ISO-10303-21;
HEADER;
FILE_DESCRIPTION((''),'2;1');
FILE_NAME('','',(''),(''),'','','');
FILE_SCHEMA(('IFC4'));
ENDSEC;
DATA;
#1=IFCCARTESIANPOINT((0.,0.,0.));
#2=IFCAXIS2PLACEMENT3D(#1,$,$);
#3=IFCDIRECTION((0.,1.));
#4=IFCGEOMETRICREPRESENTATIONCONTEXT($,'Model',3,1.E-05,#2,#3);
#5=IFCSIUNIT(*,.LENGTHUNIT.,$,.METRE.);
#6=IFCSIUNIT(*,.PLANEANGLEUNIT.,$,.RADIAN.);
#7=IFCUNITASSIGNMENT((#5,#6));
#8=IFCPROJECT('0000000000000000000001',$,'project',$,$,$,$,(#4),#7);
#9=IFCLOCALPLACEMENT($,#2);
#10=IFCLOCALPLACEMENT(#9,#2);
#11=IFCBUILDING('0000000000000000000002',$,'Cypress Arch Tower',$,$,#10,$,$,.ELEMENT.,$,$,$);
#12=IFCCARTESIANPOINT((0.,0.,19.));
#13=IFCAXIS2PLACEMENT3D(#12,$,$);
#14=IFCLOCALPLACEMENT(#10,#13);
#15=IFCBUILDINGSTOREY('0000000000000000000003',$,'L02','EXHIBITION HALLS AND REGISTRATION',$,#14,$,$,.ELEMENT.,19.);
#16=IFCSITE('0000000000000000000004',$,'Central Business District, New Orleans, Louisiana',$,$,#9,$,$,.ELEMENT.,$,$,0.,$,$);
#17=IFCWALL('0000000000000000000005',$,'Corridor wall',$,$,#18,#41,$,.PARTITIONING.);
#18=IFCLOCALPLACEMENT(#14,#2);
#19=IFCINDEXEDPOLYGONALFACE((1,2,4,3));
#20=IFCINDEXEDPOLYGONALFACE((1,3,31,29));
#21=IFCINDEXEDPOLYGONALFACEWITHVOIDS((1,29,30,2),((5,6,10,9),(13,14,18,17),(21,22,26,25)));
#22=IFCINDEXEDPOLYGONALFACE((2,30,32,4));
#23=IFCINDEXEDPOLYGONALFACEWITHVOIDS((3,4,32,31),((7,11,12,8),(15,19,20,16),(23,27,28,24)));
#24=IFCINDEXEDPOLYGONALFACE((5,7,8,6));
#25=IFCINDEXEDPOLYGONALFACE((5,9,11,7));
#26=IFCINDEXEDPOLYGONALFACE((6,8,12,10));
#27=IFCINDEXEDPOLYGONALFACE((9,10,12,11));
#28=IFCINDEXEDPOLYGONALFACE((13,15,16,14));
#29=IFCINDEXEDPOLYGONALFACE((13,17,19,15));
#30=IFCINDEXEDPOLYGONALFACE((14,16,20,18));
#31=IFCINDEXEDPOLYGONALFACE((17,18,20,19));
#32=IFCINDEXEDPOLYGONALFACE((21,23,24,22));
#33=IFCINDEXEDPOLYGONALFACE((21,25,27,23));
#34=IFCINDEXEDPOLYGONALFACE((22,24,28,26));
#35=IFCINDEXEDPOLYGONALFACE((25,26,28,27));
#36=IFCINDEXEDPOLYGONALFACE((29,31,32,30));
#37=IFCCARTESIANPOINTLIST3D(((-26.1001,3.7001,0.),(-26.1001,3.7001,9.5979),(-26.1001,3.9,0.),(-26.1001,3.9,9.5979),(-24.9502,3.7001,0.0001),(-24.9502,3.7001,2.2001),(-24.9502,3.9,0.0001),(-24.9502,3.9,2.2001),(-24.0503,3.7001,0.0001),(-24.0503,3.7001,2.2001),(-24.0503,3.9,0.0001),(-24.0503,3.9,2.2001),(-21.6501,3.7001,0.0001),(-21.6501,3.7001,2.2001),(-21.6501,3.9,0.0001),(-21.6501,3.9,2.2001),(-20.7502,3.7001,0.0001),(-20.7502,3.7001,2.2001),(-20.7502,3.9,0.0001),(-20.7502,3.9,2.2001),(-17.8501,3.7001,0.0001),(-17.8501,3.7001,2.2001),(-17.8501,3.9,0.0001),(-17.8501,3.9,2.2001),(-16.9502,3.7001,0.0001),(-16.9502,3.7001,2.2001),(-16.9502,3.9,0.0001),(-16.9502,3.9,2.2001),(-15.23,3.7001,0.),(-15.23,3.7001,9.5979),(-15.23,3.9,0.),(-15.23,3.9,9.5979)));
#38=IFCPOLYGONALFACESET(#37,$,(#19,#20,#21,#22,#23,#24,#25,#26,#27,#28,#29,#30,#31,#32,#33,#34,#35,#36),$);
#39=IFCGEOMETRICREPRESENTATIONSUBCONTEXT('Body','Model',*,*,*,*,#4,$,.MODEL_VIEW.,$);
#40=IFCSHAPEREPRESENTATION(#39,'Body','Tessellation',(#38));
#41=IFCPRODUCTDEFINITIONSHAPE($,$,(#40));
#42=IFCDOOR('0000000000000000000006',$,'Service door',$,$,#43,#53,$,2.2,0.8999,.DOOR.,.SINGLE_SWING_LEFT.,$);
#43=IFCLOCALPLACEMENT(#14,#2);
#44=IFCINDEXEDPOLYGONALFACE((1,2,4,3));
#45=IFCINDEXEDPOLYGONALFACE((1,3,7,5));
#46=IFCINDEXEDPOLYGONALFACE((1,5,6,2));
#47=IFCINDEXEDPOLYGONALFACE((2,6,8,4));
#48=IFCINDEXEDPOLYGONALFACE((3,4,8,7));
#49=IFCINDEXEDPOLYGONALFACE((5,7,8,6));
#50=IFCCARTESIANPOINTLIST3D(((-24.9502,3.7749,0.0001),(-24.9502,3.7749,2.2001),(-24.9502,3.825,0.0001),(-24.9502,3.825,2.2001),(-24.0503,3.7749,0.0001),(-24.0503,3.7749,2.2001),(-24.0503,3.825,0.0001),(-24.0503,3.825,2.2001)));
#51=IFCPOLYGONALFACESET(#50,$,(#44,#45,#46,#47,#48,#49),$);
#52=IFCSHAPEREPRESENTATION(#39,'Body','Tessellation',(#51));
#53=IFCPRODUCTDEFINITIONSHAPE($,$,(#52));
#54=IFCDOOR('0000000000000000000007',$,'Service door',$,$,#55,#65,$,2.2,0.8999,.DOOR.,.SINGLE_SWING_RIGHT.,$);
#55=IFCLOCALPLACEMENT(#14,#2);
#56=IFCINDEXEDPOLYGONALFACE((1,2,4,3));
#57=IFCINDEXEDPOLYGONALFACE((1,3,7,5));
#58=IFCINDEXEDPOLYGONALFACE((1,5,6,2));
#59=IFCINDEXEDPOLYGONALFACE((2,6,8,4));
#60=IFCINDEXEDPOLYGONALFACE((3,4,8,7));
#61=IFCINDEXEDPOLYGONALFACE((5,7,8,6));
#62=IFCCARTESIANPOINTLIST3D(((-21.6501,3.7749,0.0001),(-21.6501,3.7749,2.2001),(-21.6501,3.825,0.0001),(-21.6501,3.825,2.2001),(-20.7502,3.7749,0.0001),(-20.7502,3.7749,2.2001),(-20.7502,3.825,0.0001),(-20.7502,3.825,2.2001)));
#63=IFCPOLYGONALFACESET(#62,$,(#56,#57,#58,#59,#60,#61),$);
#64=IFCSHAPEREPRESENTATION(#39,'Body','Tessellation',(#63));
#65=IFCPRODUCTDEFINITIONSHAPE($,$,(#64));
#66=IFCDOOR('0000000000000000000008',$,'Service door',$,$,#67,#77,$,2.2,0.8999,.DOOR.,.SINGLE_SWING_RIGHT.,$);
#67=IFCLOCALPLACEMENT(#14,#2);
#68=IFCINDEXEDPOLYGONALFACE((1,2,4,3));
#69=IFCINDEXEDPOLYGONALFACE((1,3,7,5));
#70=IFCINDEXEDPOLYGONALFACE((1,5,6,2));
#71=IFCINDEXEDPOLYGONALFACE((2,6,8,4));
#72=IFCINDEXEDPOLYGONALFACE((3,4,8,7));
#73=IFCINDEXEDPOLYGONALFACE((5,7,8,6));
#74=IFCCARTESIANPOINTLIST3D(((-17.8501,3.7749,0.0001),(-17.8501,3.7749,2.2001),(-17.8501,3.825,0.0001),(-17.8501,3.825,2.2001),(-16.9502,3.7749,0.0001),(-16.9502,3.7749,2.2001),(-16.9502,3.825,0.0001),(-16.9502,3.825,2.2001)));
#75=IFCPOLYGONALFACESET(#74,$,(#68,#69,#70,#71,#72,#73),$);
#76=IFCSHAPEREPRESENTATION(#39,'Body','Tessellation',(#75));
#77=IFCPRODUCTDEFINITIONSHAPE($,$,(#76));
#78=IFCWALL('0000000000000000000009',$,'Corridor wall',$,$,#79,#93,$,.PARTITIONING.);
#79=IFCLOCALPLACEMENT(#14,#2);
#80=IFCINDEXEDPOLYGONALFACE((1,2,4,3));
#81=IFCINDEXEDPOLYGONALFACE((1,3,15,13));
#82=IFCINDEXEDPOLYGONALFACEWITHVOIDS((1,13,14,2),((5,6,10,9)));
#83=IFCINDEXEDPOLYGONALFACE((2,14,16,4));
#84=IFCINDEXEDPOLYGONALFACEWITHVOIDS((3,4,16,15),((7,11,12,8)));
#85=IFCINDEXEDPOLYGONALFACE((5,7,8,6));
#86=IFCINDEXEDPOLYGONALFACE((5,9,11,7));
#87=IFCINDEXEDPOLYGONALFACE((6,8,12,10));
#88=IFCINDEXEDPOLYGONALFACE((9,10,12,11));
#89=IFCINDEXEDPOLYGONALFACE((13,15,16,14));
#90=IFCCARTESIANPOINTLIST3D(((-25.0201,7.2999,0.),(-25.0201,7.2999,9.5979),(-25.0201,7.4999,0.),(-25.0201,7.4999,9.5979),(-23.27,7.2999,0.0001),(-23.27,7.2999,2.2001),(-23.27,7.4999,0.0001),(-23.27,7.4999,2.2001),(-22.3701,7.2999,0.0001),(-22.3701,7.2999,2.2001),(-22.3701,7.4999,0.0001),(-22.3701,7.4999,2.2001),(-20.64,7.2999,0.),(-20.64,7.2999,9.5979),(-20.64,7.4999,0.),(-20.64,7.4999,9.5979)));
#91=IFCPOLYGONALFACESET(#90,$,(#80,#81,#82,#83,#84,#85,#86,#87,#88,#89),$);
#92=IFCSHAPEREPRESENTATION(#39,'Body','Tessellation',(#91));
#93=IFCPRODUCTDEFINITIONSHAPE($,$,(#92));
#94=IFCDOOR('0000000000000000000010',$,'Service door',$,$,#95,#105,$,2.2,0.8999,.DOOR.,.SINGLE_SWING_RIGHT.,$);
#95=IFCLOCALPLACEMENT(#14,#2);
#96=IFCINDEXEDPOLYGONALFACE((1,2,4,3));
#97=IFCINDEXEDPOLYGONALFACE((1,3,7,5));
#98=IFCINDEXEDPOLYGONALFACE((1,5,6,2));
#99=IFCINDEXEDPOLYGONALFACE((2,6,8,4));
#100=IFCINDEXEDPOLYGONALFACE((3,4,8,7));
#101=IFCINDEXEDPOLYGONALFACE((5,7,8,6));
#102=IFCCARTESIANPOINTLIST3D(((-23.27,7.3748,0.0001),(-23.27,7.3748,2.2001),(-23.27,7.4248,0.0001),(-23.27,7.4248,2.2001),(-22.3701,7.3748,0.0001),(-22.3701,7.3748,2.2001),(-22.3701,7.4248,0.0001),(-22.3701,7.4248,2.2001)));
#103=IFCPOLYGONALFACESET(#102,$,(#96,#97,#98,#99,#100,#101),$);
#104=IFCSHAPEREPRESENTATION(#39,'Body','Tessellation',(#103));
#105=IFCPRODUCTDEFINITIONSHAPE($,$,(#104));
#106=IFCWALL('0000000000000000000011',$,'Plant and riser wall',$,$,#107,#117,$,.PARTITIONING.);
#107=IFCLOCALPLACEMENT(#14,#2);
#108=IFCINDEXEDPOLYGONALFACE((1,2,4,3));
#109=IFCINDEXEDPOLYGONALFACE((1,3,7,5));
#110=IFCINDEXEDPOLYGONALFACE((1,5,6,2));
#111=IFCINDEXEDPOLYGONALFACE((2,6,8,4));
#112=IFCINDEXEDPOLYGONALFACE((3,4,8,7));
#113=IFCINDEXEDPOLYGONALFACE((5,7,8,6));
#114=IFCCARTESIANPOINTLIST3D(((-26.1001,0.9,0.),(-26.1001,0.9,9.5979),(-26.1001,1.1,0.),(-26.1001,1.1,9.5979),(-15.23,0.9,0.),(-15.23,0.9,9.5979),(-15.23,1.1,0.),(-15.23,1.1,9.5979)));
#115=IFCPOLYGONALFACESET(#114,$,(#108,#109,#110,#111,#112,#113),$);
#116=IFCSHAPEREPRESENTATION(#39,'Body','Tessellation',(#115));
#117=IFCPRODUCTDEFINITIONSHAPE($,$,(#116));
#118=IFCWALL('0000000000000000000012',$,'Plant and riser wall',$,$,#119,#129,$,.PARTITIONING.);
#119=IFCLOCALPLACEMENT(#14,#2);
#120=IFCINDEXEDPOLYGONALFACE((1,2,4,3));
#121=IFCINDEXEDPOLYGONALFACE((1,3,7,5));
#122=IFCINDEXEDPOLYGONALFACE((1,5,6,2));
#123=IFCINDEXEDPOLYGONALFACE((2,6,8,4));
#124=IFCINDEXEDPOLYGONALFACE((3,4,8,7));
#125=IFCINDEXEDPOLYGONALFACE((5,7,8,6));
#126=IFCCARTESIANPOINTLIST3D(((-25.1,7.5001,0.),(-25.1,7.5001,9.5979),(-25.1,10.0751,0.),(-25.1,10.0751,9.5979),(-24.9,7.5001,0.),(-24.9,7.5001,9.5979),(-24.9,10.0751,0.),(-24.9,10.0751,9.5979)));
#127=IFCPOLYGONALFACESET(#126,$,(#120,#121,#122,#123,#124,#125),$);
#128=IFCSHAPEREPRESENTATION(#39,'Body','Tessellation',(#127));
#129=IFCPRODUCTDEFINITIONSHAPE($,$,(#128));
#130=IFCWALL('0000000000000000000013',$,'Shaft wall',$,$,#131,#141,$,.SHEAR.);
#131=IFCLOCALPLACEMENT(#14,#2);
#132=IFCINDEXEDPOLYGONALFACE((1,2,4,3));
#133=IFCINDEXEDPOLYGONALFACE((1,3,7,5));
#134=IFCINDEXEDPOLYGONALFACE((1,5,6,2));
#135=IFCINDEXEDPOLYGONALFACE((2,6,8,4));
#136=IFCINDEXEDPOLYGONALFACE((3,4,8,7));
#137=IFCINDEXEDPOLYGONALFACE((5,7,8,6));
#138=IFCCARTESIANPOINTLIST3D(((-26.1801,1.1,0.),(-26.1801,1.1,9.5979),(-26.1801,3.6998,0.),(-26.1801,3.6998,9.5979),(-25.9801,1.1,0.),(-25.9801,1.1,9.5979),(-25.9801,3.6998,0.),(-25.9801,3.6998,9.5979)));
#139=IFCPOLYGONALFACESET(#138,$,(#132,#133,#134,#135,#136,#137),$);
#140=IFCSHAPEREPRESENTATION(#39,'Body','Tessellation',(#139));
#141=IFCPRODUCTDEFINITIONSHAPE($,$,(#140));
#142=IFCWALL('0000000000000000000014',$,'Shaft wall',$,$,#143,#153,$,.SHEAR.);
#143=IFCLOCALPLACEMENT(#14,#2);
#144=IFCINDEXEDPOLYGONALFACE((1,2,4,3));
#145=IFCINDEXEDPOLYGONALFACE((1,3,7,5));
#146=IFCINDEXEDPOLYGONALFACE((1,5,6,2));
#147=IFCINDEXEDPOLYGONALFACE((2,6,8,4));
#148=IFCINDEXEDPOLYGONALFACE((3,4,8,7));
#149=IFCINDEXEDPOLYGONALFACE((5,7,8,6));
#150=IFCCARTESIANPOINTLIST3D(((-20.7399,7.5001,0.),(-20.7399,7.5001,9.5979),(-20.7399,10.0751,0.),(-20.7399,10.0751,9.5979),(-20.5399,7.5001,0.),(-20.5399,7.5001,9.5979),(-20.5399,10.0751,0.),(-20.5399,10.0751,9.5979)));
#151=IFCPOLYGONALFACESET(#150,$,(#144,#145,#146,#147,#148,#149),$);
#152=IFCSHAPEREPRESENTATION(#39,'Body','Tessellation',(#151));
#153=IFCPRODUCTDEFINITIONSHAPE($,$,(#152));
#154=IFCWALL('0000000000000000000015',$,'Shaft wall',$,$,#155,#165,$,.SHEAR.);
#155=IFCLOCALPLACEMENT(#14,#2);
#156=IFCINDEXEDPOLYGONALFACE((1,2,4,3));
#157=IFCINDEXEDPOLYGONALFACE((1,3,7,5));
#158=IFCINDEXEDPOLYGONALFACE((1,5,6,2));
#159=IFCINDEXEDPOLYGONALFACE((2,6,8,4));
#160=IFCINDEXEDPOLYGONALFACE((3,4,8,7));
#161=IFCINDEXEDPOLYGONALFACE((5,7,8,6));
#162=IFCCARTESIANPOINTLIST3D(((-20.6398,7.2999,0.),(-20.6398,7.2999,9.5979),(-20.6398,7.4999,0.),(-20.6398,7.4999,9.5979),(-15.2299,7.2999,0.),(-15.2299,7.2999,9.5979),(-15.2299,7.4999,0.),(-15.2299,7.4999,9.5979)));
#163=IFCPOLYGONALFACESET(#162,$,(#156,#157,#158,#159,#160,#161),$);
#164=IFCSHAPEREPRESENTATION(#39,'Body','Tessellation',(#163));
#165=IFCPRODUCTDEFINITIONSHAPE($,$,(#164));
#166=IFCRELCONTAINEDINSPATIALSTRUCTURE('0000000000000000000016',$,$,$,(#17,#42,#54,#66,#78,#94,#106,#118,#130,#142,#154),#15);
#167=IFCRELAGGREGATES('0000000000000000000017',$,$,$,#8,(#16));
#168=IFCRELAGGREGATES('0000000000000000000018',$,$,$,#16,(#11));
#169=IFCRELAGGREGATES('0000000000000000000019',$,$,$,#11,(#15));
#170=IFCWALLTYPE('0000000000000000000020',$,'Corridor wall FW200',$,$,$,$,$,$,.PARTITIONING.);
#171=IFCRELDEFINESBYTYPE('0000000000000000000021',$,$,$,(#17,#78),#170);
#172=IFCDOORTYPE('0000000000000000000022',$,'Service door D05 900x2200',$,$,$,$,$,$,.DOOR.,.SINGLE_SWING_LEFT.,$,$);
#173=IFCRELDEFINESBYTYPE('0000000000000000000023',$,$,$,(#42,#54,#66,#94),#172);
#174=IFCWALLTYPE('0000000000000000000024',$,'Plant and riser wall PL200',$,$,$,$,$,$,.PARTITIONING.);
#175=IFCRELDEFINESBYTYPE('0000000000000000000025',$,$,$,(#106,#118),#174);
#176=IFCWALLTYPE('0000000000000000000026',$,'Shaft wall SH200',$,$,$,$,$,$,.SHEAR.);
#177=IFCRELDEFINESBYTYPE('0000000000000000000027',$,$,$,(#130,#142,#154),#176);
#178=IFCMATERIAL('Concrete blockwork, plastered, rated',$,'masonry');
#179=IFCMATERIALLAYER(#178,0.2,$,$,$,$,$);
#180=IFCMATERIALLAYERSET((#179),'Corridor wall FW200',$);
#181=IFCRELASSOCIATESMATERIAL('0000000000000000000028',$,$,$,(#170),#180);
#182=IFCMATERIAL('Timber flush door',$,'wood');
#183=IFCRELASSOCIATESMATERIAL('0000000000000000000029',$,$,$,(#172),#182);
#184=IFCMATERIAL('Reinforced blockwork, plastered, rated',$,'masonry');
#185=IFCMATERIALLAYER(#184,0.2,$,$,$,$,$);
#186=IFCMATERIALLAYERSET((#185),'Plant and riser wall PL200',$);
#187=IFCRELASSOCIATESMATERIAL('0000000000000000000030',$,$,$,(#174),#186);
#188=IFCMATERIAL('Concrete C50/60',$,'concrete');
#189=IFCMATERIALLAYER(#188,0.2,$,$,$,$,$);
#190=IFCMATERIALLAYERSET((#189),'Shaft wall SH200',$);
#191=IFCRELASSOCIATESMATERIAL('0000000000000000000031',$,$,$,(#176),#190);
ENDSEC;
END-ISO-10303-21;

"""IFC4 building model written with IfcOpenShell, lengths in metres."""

from ifc_helpers import new_model, si_unit, direction, frame, frame_2d, origin, place, context, subcontext, project, spatial, rectangle, extrude, material, layer, layer_set, type_object, element, fill, save


model = new_model("IFC4")

# Units and contexts
model_context = context("Model", 3, precision=1e-05, world=origin(), true_north=direction((0.0, 1.0)))
body_context = subcontext(model_context, "Body", "Model", "MODEL_VIEW")
ifc_project = project(units=[si_unit("LENGTHUNIT", "METRE"), si_unit("PLANEANGLEUNIT", "RADIAN")], contexts=[model_context])

# Site, building, storey
site_placement = place(None, origin())
site = spatial("IfcSite", under=ifc_project, at=site_placement, Name="Central Business District, New Orleans, Louisiana", CompositionType="ELEMENT", RefElevation=0.0)
building_placement = place(site_placement, origin())
building = spatial("IfcBuilding", under=site, at=building_placement, Name="Cypress Arch Tower", CompositionType="ELEMENT")
storey_placement = place(building_placement, frame((0.0, 0.0, 19.0)))
storey = spatial("IfcBuildingStorey", under=building, at=storey_placement, Name="L02", Description="EXHIBITION HALLS AND REGISTRATION", CompositionType="ELEMENT", Elevation=19.0)

# Wall, openings, doors
ifc_material_1 = material(Name="Concrete blockwork, plastered, rated", Category="masonry")
ifc_layer_1 = layer(ifc_material_1, 0.2)
ifc_layer_set_1 = layer_set([ifc_layer_1], Name="Corridor wall FW200")
wall_type_1 = type_object("IfcWallType", Name="Corridor wall FW200", PredefinedType="PARTITIONING", material=ifc_layer_set_1)
wall_1_placement = place(storey_placement, frame((-26.1001, 3.8, 0.0), z_axis=(0.0, 0.0, 1.0), x_axis=(1.0, 0.0, 0.0)))
wall_1 = element("IfcWall", 1, at=wall_1_placement, inside=storey, type_object=wall_type_1, Name="Corridor wall", PredefinedType="PARTITIONING", context=body_context, shape_type="SweptSolid", body=[
    extrude(rectangle(XDim=10.8701, YDim=0.2, at=frame_2d((5.4351, 0.0))), origin(), (0.0, 0.0, 1.0), 9.5979),
])
opening_1_placement = place(wall_1_placement, frame((1.1499, 0.0, 0.0)))
opening_1 = element("IfcOpeningElement", 2, at=opening_1_placement, cuts=wall_1, PredefinedType="OPENING", context=body_context, shape_type="SweptSolid", body=[
    extrude(rectangle(XDim=0.8999, YDim=2.2, at=frame_2d((0.45, 1.1001))), frame((0.0, 0.1099, 0.0), z_axis=(0.0, -1.0, 0.0), x_axis=(1.0, 0.0, 0.0)), (0.0, 0.0, 1.0), 0.22),
])
opening_2_placement = place(wall_1_placement, frame((4.45, 0.0, 0.0)))
opening_2 = element("IfcOpeningElement", 3, at=opening_2_placement, cuts=wall_1, PredefinedType="OPENING", context=body_context, shape_type="SweptSolid", body=[
    extrude(rectangle(XDim=0.8999, YDim=2.2, at=frame_2d((0.45, 1.1001))), frame((0.0, 0.1099, 0.0), z_axis=(0.0, -1.0, 0.0), x_axis=(1.0, 0.0, 0.0)), (0.0, 0.0, 1.0), 0.22),
])
opening_3_placement = place(wall_1_placement, frame((8.25, 0.0, 0.0)))
opening_3 = element("IfcOpeningElement", 4, at=opening_3_placement, cuts=wall_1, PredefinedType="OPENING", context=body_context, shape_type="SweptSolid", body=[
    extrude(rectangle(XDim=0.8999, YDim=2.2, at=frame_2d((0.45, 1.1001))), frame((0.0, 0.1099, 0.0), z_axis=(0.0, -1.0, 0.0), x_axis=(1.0, 0.0, 0.0)), (0.0, 0.0, 1.0), 0.22),
])
ifc_material_2 = material(Name="Timber flush door", Category="wood")
door_type_1 = type_object("IfcDoorType", Name="Service door D05 900x2200", OperationType="SINGLE_SWING_LEFT", PredefinedType="DOOR", material=ifc_material_2)
door_1_placement = place(opening_1_placement, origin())
door_1 = element("IfcDoor", 5, at=door_1_placement, inside=storey, type_object=door_type_1, Name="Service door", OperationType="SINGLE_SWING_LEFT", OverallHeight=2.2, OverallWidth=0.8999, PredefinedType="DOOR", context=body_context, shape_type="SweptSolid", body=[
    extrude(rectangle(XDim=0.8999, YDim=2.2, at=frame_2d((0.45, 1.1001))), frame((0.0, 0.0249, 0.0), z_axis=(0.0, -1.0, 0.0), x_axis=(1.0, 0.0, 0.0)), (0.0, 0.0, 1.0), 0.05),
])
fill(opening_1, door_1)
door_2_placement = place(opening_2_placement, origin())
door_2 = element("IfcDoor", 6, at=door_2_placement, inside=storey, type_object=door_type_1, Name="Service door", OperationType="SINGLE_SWING_RIGHT", OverallHeight=2.2, OverallWidth=0.8999, PredefinedType="DOOR", context=body_context, shape_type="SweptSolid", body=[
    extrude(rectangle(XDim=0.8999, YDim=2.2, at=frame_2d((0.45, 1.1001))), frame((0.0, 0.0249, 0.0), z_axis=(0.0, -1.0, 0.0), x_axis=(1.0, 0.0, 0.0)), (0.0, 0.0, 1.0), 0.05),
])
fill(opening_2, door_2)
door_3_placement = place(opening_3_placement, origin())
door_3 = element("IfcDoor", 7, at=door_3_placement, inside=storey, type_object=door_type_1, Name="Service door", OperationType="SINGLE_SWING_RIGHT", OverallHeight=2.2, OverallWidth=0.8999, PredefinedType="DOOR", context=body_context, shape_type="SweptSolid", body=[
    extrude(rectangle(XDim=0.8999, YDim=2.2, at=frame_2d((0.45, 1.1001))), frame((0.0, 0.0249, 0.0), z_axis=(0.0, -1.0, 0.0), x_axis=(1.0, 0.0, 0.0)), (0.0, 0.0, 1.0), 0.05),
])
fill(opening_3, door_3)

# Wall, opening, door
wall_2_placement = place(storey_placement, frame((-25.02, 7.3999, 0.0), z_axis=(0.0, 0.0, 1.0), x_axis=(1.0, 0.0, 0.0)))
wall_2 = element("IfcWall", 8, at=wall_2_placement, inside=storey, type_object=wall_type_1, Name="Corridor wall", PredefinedType="PARTITIONING", context=body_context, shape_type="SweptSolid", body=[
    extrude(rectangle(XDim=4.3801, YDim=0.2, at=frame_2d((2.1899, 0.0))), origin(), (0.0, 0.0, 1.0), 9.5979),
])
opening_4_placement = place(wall_2_placement, frame((1.75, 0.0, 0.0)))
opening_4 = element("IfcOpeningElement", 9, at=opening_4_placement, cuts=wall_2, PredefinedType="OPENING", context=body_context, shape_type="SweptSolid", body=[
    extrude(rectangle(XDim=0.8999, YDim=2.2, at=frame_2d((0.45, 1.1001))), frame((0.0, 0.1099, 0.0), z_axis=(0.0, -1.0, 0.0), x_axis=(1.0, 0.0, 0.0)), (0.0, 0.0, 1.0), 0.22),
])
door_4_placement = place(opening_4_placement, origin())
door_4 = element("IfcDoor", 10, at=door_4_placement, inside=storey, type_object=door_type_1, Name="Service door", OperationType="SINGLE_SWING_RIGHT", OverallHeight=2.2, OverallWidth=0.8999, PredefinedType="DOOR", context=body_context, shape_type="SweptSolid", body=[
    extrude(rectangle(XDim=0.8999, YDim=2.2, at=frame_2d((0.45, 1.1001))), frame((0.0, 0.0249, 0.0), z_axis=(0.0, -1.0, 0.0), x_axis=(1.0, 0.0, 0.0)), (0.0, 0.0, 1.0), 0.05),
])
fill(opening_4, door_4)

# Walls
ifc_material_3 = material(Name="Reinforced blockwork, plastered, rated", Category="masonry")
ifc_layer_2 = layer(ifc_material_3, 0.2)
ifc_layer_set_2 = layer_set([ifc_layer_2], Name="Plant and riser wall PL200")
wall_type_2 = type_object("IfcWallType", Name="Plant and riser wall PL200", PredefinedType="PARTITIONING", material=ifc_layer_set_2)
wall_3_placement = place(storey_placement, frame((-26.1001, 1.0, 0.0), z_axis=(0.0, 0.0, 1.0), x_axis=(1.0, 0.0, 0.0)))
element("IfcWall", 11, at=wall_3_placement, inside=storey, type_object=wall_type_2, Name="Plant and riser wall", PredefinedType="PARTITIONING", context=body_context, shape_type="SweptSolid", body=[
    extrude(rectangle(XDim=10.8701, YDim=0.2, at=frame_2d((5.4351, 0.0))), origin(), (0.0, 0.0, 1.0), 9.5979),
])
wall_4_placement = place(storey_placement, frame((-25.0, 7.5, 0.0), z_axis=(0.0, 0.0, 1.0), x_axis=(0.0, 1.0, 0.0)))
element("IfcWall", 12, at=wall_4_placement, inside=storey, type_object=wall_type_2, Name="Plant and riser wall", PredefinedType="PARTITIONING", context=body_context, shape_type="SweptSolid", body=[
    extrude(rectangle(XDim=2.575, YDim=0.2, at=frame_2d((1.2876, 0.0))), origin(), (0.0, 0.0, 1.0), 9.5979),
])
ifc_material_4 = material(Name="Concrete C50/60", Category="concrete")
ifc_layer_3 = layer(ifc_material_4, 0.2)
ifc_layer_set_3 = layer_set([ifc_layer_3], Name="Shaft wall SH200")
wall_type_3 = type_object("IfcWallType", Name="Shaft wall SH200", PredefinedType="SHEAR", material=ifc_layer_set_3)
wall_5_placement = place(storey_placement, frame((-26.0801, 1.1001, 0.0), z_axis=(0.0, 0.0, 1.0), x_axis=(0.0, 1.0, 0.0)))
element("IfcWall", 13, at=wall_5_placement, inside=storey, type_object=wall_type_3, Name="Shaft wall", PredefinedType="SHEAR", context=body_context, shape_type="SweptSolid", body=[
    extrude(rectangle(XDim=2.5999, YDim=0.2, at=frame_2d((1.2998, 0.0))), origin(), (0.0, 0.0, 1.0), 9.5979),
])
wall_6_placement = place(storey_placement, frame((-20.6399, 7.5, 0.0), z_axis=(0.0, 0.0, 1.0), x_axis=(0.0, 1.0, 0.0)))
element("IfcWall", 14, at=wall_6_placement, inside=storey, type_object=wall_type_3, Name="Shaft wall", PredefinedType="SHEAR", context=body_context, shape_type="SweptSolid", body=[
    extrude(rectangle(XDim=2.575, YDim=0.2, at=frame_2d((1.2876, 0.0))), origin(), (0.0, 0.0, 1.0), 9.5979),
])
wall_7_placement = place(storey_placement, frame((-20.6399, 7.3999, 0.0), z_axis=(0.0, 0.0, 1.0), x_axis=(1.0, 0.0, 0.0)))
element("IfcWall", 15, at=wall_7_placement, inside=storey, type_object=wall_type_3, Name="Shaft wall", PredefinedType="SHEAR", context=body_context, shape_type="SweptSolid", body=[
    extrude(rectangle(XDim=5.4099, YDim=0.2, at=frame_2d((2.7051, 0.0))), origin(), (0.0, 0.0, 1.0), 9.5979),
])

save(model, "model.ifc")
